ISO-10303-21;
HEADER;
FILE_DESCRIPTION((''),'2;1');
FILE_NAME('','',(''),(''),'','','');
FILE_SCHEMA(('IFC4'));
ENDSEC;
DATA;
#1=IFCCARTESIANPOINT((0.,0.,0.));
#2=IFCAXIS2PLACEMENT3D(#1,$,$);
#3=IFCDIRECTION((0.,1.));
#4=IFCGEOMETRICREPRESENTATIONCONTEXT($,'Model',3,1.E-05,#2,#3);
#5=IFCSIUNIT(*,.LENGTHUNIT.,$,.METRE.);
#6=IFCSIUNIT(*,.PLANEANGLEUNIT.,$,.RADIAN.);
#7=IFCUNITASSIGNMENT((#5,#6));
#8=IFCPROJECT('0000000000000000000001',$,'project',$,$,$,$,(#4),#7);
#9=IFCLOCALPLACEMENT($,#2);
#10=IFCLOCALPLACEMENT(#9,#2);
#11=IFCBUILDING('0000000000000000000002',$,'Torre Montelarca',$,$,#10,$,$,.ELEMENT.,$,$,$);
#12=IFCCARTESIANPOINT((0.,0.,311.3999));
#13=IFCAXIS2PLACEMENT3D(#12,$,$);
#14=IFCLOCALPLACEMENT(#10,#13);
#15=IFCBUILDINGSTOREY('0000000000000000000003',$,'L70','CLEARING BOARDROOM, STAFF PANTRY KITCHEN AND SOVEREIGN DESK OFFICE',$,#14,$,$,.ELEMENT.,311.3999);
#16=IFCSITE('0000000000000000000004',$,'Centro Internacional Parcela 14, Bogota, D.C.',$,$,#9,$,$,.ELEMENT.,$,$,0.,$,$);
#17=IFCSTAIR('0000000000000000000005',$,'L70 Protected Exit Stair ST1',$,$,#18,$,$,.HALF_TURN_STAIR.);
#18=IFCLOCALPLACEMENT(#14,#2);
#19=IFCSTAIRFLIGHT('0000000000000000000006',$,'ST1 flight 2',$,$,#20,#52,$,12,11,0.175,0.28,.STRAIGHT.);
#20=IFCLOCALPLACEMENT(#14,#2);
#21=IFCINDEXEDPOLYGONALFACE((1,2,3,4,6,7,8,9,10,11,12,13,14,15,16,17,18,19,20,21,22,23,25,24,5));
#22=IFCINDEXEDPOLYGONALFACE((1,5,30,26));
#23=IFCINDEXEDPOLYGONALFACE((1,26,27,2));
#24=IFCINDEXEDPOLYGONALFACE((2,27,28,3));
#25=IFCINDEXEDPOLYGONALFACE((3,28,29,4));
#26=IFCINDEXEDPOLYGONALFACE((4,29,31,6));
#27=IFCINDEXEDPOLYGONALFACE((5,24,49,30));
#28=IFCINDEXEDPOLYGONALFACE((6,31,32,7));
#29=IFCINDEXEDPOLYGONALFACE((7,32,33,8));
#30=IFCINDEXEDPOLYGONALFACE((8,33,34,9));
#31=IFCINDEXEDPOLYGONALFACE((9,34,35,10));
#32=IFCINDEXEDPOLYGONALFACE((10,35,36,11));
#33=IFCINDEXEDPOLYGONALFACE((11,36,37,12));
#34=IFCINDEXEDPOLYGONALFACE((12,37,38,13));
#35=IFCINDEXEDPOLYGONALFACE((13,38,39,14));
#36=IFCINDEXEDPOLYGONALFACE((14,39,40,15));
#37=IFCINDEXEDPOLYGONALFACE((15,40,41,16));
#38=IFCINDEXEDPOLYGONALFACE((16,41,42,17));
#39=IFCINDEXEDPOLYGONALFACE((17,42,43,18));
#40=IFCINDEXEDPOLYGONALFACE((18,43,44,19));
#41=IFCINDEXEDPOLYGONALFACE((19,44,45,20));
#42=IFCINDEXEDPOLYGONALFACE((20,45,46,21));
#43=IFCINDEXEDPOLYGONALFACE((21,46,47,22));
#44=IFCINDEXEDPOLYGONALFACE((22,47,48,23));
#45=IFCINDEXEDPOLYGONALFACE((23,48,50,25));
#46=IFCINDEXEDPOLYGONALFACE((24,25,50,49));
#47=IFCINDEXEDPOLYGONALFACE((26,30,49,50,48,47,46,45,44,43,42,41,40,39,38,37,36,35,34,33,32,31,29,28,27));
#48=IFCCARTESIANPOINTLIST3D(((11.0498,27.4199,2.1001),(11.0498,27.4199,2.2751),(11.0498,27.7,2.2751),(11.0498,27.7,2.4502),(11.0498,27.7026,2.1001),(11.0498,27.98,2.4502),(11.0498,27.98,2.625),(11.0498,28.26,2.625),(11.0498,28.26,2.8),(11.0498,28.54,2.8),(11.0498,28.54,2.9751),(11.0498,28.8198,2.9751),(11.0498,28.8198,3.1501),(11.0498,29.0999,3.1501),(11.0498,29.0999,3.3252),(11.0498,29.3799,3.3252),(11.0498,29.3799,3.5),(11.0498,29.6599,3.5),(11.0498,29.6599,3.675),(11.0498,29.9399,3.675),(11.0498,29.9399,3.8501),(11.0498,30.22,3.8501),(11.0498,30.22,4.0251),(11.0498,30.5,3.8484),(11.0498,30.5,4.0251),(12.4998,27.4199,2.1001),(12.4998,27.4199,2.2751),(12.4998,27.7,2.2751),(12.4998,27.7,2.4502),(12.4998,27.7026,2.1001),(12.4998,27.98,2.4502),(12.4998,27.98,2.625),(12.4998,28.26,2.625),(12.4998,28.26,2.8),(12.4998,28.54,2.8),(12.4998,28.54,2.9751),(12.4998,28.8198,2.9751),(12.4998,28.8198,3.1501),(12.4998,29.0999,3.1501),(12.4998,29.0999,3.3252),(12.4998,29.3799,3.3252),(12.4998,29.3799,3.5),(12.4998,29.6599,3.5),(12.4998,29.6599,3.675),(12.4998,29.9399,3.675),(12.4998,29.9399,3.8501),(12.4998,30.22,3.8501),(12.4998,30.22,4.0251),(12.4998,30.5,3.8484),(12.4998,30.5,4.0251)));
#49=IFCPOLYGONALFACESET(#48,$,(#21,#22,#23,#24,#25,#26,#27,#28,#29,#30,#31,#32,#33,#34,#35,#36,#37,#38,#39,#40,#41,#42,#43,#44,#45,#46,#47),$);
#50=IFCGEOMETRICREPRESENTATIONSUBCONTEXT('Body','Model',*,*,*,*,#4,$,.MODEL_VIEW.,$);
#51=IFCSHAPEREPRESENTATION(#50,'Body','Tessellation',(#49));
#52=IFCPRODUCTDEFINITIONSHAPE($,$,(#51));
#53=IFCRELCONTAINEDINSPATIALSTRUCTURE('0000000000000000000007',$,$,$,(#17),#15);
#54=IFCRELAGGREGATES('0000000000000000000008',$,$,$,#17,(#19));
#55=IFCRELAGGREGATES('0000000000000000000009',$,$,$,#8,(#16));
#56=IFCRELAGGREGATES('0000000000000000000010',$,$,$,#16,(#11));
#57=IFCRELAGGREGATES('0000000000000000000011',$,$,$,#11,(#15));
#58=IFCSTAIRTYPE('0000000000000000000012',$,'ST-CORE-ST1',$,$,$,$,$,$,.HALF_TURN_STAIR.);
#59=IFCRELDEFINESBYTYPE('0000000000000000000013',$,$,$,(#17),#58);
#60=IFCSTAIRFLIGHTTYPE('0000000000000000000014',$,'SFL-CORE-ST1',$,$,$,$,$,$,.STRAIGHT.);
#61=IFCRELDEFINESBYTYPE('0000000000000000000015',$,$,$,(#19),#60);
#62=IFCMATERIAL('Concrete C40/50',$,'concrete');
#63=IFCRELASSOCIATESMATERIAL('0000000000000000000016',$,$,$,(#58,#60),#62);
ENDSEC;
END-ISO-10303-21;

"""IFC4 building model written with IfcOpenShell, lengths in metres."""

from ifc_helpers import new_model, si_unit, direction, frame, origin, place, context, subcontext, project, spatial, polyline, outline, extrude, material, type_object, element, aggregate, save


model = new_model("IFC4")

# Units and contexts
model_context = context("Model", 3, precision=1e-05, world=origin(), true_north=direction((0.0, 1.0)))
body_context = subcontext(model_context, "Body", "Model", "MODEL_VIEW")
ifc_project = project(units=[si_unit("LENGTHUNIT", "METRE"), si_unit("PLANEANGLEUNIT", "RADIAN")], contexts=[model_context])

# Site, building, storey
site_placement = place(None, origin())
site = spatial("IfcSite", under=ifc_project, at=site_placement, Name="Centro Internacional Parcela 14, Bogota, D.C.", CompositionType="ELEMENT", RefElevation=0.0)
building_placement = place(site_placement, origin())
building = spatial("IfcBuilding", under=site, at=building_placement, Name="Torre Montelarca", CompositionType="ELEMENT")
storey_placement = place(building_placement, frame((0.0, 0.0, 311.3999)))
storey = spatial("IfcBuildingStorey", under=building, at=storey_placement, Name="L70", Description="CLEARING BOARDROOM, STAFF PANTRY KITCHEN AND SOVEREIGN DESK OFFICE", CompositionType="ELEMENT", Elevation=311.3999)

# Shared definitions
ifc_material_1 = material(Name="Concrete C40/50", Category="concrete")

# Stair, stair flight
stair_type = type_object("IfcStairType", Name="ST-CORE-ST1", PredefinedType="HALF_TURN_STAIR", material=ifc_material_1)
stair_placement = place(storey_placement, origin())
stair = element("IfcStair", 1, at=stair_placement, inside=storey, type_object=stair_type, Name="L70 Protected Exit Stair ST1", PredefinedType="HALF_TURN_STAIR")
stair_flight_type = type_object("IfcStairFlightType", Name="SFL-CORE-ST1", PredefinedType="STRAIGHT", material=ifc_material_1)
stair_flight_1_placement = place(storey_placement, frame((11.7749, 27.4199, 2.1001), z_axis=(0.0, 0.0, 1.0), x_axis=(0.0, 1.0, 0.0)))
stair_flight_1 = element("IfcStairFlight", 2, at=stair_flight_1_placement, type_object=stair_flight_type, Name="ST1 flight 2", NumberOfRisers=12, NumberOfTreads=11, PredefinedType="STRAIGHT", RiserHeight=0.175, TreadLength=0.28, context=body_context, shape_type="SweptSolid", body=[
    extrude(outline(polyline([(0.0, 0.0), (0.0, 0.175), (0.28, 0.175), (0.28, 0.3501), (0.5601, 0.3501), (0.5601, 0.5249), (0.8401, 0.5249), (0.8401, 0.7), (1.1201, 0.7), (1.1201, 0.875), (1.3999, 0.875), (1.3999, 1.05), (1.6799, 1.05), (1.6799, 1.2251), (1.96, 1.2251), (1.96, 1.3999), (2.24, 1.3999), (2.24, 1.575), (2.52, 1.575), (2.52, 1.75), (2.8, 1.75), (2.8, 1.925), (3.0801, 1.925), (3.0801, 2.1001), (3.0801, 1.7483), (0.2827, 0.0), (0.0, 0.0)])), frame((0.0, 0.7251, 0.0), z_axis=(0.0, -1.0, 0.0), x_axis=(1.0, 0.0, 0.0)), (0.0, 0.0, 1.0), 1.45),
])
aggregate(stair, [stair_flight_1])

save(model, "model.ifc")
